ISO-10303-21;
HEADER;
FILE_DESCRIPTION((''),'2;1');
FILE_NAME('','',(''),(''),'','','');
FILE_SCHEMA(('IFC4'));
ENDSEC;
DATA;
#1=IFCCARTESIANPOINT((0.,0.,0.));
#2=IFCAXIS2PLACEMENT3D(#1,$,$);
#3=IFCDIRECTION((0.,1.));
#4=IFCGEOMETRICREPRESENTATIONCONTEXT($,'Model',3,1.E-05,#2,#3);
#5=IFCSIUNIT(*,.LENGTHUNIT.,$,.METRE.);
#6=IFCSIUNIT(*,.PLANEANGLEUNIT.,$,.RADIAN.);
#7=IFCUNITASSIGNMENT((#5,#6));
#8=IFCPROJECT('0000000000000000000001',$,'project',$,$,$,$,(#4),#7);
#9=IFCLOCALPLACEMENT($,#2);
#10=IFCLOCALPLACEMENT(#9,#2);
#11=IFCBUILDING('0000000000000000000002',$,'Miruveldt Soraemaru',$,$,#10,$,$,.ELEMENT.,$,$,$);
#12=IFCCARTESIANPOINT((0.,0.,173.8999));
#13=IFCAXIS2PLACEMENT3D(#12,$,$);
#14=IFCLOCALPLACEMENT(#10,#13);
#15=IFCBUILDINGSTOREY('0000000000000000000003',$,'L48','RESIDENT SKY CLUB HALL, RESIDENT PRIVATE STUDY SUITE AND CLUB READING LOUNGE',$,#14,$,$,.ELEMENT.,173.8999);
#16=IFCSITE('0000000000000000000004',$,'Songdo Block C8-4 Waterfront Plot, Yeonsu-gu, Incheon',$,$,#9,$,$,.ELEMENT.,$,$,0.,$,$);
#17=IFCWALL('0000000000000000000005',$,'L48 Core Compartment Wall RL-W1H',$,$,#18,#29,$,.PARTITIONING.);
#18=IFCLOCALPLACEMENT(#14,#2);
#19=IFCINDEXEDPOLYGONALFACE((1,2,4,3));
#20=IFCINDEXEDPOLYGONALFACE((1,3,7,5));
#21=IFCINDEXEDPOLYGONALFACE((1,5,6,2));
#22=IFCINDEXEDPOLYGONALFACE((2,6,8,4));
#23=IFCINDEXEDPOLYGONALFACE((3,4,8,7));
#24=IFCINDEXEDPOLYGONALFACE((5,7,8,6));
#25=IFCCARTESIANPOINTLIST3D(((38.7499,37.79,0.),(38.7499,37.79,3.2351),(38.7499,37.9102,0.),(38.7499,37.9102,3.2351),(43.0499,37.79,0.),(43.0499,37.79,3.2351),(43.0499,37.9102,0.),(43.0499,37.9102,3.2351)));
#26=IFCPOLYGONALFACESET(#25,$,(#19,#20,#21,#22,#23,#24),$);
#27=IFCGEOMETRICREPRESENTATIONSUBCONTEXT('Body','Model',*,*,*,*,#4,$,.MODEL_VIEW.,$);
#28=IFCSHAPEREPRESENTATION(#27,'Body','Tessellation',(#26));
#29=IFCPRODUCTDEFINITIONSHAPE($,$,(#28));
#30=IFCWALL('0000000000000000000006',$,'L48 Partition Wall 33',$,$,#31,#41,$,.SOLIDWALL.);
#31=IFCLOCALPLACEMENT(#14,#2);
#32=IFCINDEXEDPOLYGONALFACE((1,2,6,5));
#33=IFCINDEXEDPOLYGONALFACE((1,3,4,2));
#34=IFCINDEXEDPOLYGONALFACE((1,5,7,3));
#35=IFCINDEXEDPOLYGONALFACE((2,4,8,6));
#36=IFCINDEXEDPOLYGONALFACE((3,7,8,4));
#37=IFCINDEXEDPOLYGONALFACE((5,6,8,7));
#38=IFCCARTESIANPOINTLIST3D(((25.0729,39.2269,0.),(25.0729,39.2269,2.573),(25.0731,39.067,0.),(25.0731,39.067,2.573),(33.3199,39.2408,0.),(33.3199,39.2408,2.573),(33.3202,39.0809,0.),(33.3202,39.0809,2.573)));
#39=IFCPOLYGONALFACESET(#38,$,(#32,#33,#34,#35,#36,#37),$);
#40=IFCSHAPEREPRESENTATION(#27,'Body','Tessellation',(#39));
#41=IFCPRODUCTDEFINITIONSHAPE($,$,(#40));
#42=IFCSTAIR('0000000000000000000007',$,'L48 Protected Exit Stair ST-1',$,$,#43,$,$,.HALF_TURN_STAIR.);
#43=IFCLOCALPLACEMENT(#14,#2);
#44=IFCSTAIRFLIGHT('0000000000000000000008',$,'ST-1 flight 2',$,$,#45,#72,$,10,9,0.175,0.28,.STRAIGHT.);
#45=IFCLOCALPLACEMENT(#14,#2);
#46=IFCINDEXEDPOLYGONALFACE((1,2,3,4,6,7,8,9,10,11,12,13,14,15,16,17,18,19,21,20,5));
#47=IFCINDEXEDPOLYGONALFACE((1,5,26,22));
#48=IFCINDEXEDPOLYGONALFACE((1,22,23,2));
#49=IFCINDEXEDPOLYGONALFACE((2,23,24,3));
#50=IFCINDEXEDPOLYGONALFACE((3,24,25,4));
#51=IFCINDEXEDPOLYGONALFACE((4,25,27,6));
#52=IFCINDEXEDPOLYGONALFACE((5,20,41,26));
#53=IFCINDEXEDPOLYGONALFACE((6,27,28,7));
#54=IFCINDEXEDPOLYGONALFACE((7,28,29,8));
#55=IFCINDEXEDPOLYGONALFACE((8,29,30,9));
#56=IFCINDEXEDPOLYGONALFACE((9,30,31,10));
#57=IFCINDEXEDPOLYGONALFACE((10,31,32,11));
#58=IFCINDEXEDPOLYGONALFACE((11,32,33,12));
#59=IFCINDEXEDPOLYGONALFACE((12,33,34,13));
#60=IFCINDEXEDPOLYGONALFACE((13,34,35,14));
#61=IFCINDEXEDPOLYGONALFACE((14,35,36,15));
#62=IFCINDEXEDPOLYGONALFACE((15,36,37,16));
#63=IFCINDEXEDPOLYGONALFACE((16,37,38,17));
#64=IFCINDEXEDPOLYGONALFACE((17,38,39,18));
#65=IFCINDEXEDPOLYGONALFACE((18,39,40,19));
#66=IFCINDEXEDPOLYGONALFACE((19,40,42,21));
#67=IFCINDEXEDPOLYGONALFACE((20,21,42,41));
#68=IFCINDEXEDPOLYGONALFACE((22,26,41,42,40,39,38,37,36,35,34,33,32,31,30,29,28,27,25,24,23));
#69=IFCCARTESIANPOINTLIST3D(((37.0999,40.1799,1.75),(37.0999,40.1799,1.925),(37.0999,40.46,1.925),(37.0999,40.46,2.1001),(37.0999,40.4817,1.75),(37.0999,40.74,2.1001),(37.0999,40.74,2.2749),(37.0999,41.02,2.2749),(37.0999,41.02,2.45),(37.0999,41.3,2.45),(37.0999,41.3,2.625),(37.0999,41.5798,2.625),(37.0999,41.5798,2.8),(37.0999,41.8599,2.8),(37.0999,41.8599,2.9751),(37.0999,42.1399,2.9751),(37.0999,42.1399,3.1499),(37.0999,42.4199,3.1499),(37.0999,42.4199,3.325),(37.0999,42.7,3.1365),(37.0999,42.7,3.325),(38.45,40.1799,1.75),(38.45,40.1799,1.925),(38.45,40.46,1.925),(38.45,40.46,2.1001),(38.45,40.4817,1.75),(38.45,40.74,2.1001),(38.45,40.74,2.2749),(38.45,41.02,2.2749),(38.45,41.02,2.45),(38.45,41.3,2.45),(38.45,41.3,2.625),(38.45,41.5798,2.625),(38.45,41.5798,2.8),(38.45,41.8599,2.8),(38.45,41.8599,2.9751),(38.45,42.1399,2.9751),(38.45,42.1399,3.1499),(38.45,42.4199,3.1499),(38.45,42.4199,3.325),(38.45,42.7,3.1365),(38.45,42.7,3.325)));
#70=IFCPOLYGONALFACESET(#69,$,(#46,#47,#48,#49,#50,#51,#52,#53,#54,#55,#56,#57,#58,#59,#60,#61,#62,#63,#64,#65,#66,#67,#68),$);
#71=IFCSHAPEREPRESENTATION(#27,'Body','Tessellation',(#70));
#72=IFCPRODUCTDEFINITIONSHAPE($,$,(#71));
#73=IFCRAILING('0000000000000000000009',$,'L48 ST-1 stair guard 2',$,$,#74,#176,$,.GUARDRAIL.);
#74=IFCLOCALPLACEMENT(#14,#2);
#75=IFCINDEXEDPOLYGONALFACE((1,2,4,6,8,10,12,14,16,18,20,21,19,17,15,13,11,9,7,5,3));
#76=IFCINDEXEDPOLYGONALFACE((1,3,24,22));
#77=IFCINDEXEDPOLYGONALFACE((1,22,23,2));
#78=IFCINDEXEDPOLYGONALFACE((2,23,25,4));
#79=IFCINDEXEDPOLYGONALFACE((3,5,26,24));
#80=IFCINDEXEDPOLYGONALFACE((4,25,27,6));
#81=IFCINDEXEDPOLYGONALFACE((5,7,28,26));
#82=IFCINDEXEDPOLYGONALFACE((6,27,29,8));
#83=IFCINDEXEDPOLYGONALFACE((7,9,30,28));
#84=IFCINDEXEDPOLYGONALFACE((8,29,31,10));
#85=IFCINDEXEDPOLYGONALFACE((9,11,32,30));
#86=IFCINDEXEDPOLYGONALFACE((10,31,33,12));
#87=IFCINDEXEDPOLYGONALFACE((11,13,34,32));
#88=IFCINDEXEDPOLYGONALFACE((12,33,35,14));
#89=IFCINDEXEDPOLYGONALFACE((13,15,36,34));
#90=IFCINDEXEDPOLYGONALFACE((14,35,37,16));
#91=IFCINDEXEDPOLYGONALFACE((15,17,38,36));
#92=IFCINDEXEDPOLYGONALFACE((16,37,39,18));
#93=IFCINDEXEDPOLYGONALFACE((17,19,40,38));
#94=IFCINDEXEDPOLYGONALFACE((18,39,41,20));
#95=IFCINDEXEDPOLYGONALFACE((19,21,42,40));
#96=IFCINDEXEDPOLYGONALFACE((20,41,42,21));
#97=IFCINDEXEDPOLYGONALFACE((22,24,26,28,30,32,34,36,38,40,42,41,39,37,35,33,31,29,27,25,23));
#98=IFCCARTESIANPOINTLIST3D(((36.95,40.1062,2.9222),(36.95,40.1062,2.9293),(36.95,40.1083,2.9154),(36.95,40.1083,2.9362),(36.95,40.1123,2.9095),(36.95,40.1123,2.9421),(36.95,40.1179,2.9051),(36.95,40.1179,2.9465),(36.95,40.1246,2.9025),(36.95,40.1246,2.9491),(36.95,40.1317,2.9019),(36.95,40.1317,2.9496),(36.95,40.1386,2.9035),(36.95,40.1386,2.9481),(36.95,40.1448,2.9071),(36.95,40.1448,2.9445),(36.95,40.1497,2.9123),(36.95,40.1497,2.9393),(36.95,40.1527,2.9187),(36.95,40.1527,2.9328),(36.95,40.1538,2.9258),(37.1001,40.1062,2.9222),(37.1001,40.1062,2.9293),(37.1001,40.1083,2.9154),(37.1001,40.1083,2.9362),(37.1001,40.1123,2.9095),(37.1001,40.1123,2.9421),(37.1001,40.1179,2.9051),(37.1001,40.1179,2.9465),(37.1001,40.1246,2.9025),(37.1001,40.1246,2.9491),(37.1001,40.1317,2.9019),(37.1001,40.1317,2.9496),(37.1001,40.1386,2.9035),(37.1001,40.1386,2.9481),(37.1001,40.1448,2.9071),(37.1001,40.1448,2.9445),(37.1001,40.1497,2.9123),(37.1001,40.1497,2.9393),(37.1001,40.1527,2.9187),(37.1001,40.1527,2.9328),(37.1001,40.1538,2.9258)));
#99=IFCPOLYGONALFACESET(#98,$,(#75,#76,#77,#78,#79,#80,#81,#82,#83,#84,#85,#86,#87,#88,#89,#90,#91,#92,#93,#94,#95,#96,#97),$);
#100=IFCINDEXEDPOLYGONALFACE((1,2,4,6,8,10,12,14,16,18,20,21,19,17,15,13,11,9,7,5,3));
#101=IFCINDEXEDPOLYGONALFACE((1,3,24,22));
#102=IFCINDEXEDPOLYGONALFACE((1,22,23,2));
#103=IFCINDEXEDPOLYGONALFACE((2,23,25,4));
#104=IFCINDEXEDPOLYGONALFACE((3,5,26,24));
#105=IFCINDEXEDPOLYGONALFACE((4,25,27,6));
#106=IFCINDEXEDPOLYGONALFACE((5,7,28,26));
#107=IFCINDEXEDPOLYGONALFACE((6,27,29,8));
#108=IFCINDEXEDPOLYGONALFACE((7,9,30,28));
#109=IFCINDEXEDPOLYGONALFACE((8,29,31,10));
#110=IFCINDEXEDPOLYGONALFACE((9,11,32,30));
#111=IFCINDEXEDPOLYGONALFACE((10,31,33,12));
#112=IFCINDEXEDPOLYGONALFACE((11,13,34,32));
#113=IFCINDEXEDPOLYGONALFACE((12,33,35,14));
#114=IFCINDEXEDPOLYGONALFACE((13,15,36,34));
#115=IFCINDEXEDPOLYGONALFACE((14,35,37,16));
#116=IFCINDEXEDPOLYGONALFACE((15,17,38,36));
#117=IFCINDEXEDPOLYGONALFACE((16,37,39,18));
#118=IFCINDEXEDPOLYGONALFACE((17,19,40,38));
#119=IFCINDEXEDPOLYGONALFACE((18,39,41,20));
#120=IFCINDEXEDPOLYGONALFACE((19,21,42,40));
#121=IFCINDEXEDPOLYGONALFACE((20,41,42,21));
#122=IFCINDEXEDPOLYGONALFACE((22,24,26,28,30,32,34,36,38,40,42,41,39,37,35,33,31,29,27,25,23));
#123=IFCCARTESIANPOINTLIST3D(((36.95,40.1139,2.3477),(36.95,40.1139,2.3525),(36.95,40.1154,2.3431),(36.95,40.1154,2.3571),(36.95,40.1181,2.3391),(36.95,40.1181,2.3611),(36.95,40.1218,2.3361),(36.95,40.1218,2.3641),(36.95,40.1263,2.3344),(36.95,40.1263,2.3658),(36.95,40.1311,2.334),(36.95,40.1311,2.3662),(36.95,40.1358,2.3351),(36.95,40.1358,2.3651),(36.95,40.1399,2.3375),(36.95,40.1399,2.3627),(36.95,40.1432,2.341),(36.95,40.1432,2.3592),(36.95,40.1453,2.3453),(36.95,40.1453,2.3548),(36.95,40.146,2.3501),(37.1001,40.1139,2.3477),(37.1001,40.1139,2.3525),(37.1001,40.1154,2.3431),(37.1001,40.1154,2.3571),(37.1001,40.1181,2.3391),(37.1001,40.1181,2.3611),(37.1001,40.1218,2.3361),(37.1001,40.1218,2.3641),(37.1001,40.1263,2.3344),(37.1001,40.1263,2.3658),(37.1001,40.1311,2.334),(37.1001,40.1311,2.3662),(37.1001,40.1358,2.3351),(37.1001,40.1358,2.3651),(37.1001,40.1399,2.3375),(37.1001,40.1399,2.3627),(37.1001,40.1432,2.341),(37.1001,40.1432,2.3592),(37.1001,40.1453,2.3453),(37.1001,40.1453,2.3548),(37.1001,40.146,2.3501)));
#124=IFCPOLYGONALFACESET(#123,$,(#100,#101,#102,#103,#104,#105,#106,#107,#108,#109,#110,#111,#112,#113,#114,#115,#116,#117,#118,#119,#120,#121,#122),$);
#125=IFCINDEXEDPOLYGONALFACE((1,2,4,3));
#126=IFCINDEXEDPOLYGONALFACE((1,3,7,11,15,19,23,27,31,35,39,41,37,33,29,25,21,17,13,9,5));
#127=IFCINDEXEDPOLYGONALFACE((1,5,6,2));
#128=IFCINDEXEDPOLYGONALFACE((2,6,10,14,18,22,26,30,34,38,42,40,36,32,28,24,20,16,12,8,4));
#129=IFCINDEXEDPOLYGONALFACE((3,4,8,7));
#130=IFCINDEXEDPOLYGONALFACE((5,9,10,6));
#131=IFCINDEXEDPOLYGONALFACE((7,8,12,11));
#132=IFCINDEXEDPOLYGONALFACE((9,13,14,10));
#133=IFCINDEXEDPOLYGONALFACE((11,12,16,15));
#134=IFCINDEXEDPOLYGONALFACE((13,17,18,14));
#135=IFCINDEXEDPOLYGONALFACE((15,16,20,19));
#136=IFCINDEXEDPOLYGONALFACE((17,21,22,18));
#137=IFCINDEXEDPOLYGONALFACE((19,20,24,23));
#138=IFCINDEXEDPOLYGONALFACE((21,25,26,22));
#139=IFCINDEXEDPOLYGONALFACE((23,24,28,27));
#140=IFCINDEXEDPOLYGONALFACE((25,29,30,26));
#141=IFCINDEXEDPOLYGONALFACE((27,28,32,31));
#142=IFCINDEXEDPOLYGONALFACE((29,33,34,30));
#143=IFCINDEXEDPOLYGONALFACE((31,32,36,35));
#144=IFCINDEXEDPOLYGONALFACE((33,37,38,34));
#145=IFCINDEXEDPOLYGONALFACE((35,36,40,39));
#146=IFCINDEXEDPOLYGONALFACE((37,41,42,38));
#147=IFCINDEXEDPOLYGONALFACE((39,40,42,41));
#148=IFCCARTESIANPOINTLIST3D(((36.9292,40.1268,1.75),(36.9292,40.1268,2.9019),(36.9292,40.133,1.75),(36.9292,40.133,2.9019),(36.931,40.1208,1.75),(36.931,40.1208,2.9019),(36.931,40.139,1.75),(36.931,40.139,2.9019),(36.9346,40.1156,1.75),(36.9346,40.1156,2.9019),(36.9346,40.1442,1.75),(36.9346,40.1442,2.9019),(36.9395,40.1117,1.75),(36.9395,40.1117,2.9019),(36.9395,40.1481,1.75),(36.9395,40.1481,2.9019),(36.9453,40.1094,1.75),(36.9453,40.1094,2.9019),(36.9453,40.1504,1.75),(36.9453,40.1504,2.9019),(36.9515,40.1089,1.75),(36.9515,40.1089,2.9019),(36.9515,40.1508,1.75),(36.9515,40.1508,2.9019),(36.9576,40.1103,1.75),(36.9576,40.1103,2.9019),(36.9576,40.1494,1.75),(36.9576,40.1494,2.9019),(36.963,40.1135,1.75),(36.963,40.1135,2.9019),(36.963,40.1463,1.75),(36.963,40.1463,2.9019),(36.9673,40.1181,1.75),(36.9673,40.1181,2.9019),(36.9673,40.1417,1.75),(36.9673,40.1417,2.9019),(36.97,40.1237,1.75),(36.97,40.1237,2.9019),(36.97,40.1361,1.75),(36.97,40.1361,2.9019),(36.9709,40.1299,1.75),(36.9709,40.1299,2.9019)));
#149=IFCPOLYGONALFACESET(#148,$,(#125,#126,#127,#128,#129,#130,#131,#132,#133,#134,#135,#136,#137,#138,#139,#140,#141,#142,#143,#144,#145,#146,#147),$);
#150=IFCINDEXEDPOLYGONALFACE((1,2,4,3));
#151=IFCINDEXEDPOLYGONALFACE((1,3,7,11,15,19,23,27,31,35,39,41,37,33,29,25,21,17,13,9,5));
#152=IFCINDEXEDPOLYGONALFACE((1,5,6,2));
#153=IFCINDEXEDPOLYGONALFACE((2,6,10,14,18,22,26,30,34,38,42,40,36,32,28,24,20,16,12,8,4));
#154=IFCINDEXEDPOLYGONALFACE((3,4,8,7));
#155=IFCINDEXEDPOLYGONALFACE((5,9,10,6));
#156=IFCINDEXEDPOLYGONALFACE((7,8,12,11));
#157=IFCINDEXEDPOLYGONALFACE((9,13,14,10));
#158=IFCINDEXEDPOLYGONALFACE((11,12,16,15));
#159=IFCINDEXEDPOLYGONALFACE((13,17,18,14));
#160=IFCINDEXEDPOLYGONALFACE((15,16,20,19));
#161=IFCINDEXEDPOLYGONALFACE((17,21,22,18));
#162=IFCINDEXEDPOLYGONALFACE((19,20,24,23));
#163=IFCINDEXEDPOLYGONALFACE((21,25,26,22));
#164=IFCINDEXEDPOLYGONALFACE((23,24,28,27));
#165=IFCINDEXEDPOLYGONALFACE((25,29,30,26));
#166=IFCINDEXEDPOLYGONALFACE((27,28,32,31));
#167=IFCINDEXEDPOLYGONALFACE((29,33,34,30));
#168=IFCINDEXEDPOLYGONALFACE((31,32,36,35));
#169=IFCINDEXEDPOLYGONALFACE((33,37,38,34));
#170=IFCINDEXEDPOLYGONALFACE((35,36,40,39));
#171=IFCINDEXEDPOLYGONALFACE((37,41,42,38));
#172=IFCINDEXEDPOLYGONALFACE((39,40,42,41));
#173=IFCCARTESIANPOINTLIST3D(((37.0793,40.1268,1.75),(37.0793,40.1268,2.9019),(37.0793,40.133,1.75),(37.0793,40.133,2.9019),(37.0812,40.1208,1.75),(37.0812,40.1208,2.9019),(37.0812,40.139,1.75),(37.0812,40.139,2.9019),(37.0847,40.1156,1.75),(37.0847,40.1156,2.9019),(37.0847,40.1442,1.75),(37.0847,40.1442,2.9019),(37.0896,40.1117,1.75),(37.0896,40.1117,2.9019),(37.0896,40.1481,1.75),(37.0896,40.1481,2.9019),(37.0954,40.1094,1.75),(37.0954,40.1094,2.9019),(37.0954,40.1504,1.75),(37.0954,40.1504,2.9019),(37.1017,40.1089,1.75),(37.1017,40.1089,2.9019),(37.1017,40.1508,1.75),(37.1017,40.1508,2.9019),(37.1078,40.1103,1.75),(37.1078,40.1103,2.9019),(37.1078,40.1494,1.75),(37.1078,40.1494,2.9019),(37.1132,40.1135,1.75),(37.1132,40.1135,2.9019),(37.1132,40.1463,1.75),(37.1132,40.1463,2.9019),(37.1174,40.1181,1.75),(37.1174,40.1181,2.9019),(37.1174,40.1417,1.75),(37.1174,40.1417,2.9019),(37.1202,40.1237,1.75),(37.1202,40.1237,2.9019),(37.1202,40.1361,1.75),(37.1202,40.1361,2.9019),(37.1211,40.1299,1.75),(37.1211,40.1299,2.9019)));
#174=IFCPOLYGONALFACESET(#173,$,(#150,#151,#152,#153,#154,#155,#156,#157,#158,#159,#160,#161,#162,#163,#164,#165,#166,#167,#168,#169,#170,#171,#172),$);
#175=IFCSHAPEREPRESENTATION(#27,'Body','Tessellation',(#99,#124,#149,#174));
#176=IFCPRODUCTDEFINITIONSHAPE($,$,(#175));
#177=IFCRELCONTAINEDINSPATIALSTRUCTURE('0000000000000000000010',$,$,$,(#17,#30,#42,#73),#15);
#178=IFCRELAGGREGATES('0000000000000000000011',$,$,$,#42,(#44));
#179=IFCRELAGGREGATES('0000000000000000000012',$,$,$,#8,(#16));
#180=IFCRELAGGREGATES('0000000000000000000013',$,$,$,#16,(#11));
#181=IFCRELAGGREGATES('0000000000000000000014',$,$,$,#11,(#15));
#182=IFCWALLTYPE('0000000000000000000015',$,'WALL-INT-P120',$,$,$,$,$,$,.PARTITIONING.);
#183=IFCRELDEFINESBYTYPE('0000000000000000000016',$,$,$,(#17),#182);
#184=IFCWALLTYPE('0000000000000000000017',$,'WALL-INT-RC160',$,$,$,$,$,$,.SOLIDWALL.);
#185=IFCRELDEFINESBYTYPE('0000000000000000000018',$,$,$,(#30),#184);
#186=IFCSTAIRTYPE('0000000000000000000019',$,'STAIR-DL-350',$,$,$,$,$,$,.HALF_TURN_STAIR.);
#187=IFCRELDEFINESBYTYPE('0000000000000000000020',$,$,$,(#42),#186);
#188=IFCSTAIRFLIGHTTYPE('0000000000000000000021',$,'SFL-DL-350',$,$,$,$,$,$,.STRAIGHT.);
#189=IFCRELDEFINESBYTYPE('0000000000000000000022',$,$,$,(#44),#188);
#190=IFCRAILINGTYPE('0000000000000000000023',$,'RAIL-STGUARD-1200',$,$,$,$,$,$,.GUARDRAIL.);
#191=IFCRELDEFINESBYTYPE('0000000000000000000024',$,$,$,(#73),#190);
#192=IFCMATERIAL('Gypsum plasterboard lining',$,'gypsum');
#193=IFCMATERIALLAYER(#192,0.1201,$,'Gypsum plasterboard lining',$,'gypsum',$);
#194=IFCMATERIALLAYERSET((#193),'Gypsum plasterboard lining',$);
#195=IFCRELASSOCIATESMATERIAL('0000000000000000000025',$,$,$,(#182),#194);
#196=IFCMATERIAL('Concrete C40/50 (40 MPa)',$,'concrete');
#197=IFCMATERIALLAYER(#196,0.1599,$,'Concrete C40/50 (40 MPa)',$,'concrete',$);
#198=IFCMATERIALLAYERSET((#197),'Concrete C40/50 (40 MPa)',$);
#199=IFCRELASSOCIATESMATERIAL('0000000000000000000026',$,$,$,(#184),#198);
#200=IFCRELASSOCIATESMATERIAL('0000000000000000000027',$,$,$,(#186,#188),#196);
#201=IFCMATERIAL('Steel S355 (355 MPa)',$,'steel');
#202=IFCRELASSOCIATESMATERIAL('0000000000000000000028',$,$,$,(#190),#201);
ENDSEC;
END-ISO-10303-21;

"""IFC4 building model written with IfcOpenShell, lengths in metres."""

from ifc_helpers import new_model, si_unit, direction, frame, frame_2d, origin, origin_2d, place, context, subcontext, project, spatial, polyline, rectangle, circle, outline, extrude, material, layer, layer_set, type_object, element, aggregate, save


model = new_model("IFC4")

# Units and contexts
model_context = context("Model", 3, precision=1e-05, world=origin(), true_north=direction((0.0, 1.0)))
body_context = subcontext(model_context, "Body", "Model", "MODEL_VIEW")
ifc_project = project(units=[si_unit("LENGTHUNIT", "METRE"), si_unit("PLANEANGLEUNIT", "RADIAN")], contexts=[model_context])

# Site, building, storey
site_placement = place(None, origin())
site = spatial("IfcSite", under=ifc_project, at=site_placement, Name="Songdo Block C8-4 Waterfront Plot, Yeonsu-gu, Incheon", CompositionType="ELEMENT", RefElevation=0.0)
building_placement = place(site_placement, origin())
building = spatial("IfcBuilding", under=site, at=building_placement, Name="Miruveldt Soraemaru", CompositionType="ELEMENT")
storey_placement = place(building_placement, frame((0.0, 0.0, 173.8999)))
storey = spatial("IfcBuildingStorey", under=building, at=storey_placement, Name="L48", Description="RESIDENT SKY CLUB HALL, RESIDENT PRIVATE STUDY SUITE AND CLUB READING LOUNGE", CompositionType="ELEMENT", Elevation=173.8999)

# Shared definitions
ifc_material_1 = material(Name="Gypsum plasterboard lining", Category="gypsum")
ifc_layer_1 = layer(ifc_material_1, 0.1201, Name="Gypsum plasterboard lining", Category="gypsum")
ifc_layer_set_1 = layer_set([ifc_layer_1], Name="Gypsum plasterboard lining")
wall_type_1 = type_object("IfcWallType", Name="WALL-INT-P120", PredefinedType="PARTITIONING", material=ifc_layer_set_1)

# Wall
wall_1_placement = place(storey_placement, frame((38.75, 37.8501, 0.0), z_axis=(0.0, 0.0, 1.0), x_axis=(1.0, 0.0, 0.0)))
element("IfcWall", 1, at=wall_1_placement, inside=storey, type_object=wall_type_1, Name="L48 Core Compartment Wall RL-W1H", PredefinedType="PARTITIONING", context=body_context, shape_type="SweptSolid", body=[
    extrude(rectangle(XDim=4.3, YDim=0.1201, at=frame_2d((2.1499, 0.0))), origin(), (0.0, 0.0, 1.0), 3.2351),
])

# Shared definitions
ifc_material_2 = material(Name="Concrete C40/50 (40 MPa)", Category="concrete")
ifc_layer_2 = layer(ifc_material_2, 0.1599, Name="Concrete C40/50 (40 MPa)", Category="concrete")
ifc_layer_set_2 = layer_set([ifc_layer_2], Name="Concrete C40/50 (40 MPa)")
wall_type_2 = type_object("IfcWallType", Name="WALL-INT-RC160", PredefinedType="SOLIDWALL", material=ifc_layer_set_2)

# Wall
wall_2_placement = place(storey_placement, frame((33.3201, 39.1609, 0.0), z_axis=(0.0, 0.0, 1.0), x_axis=(-0.999999, -0.001687, 0.0)))
element("IfcWall", 2, at=wall_2_placement, inside=storey, type_object=wall_type_2, Name="L48 Partition Wall 33", PredefinedType="SOLIDWALL", context=body_context, shape_type="SweptSolid", body=[
    extrude(rectangle(XDim=8.2471, YDim=0.1599, at=frame_2d((4.1235, 0.0))), origin(), (0.0, 0.0, 1.0), 2.573),
])

# Stair, stair flight
stair_type = type_object("IfcStairType", Name="STAIR-DL-350", PredefinedType="HALF_TURN_STAIR", material=ifc_material_2)
stair_placement = place(storey_placement, origin())
stair = element("IfcStair", 3, at=stair_placement, inside=storey, type_object=stair_type, Name="L48 Protected Exit Stair ST-1", PredefinedType="HALF_TURN_STAIR")
stair_flight_type = type_object("IfcStairFlightType", Name="SFL-DL-350", PredefinedType="STRAIGHT", material=ifc_material_2)
stair_flight_placement = place(storey_placement, frame((37.7749, 40.1799, 1.75), z_axis=(0.0, 0.0, 1.0), x_axis=(0.0, 1.0, 0.0)))
stair_flight = element("IfcStairFlight", 4, at=stair_flight_placement, type_object=stair_flight_type, Name="ST-1 flight 2", NumberOfRisers=10, NumberOfTreads=9, PredefinedType="STRAIGHT", RiserHeight=0.175, TreadLength=0.28, context=body_context, shape_type="SweptSolid", body=[
    extrude(outline(polyline([(0.0, 0.0), (0.0, 0.175), (0.28, 0.175), (0.28, 0.3501), (0.5601, 0.3501), (0.5601, 0.5249), (0.8401, 0.5249), (0.8401, 0.7), (1.1201, 0.7), (1.1201, 0.875), (1.3999, 0.875), (1.3999, 1.05), (1.6799, 1.05), (1.6799, 1.2251), (1.96, 1.2251), (1.96, 1.3999), (2.24, 1.3999), (2.24, 1.575), (2.52, 1.575), (2.52, 1.75), (2.52, 1.3865), (0.3018, 0.0), (0.0, 0.0)])), frame((0.0, 0.675, 0.0), z_axis=(0.0, -1.0, 0.0), x_axis=(1.0, 0.0, 0.0)), (0.0, 0.0, 1.0), 1.3501),
])
aggregate(stair, [stair_flight])

# Railing
ifc_material_3 = material(Name="Steel S355 (355 MPa)", Category="steel")
railing_type_1 = type_object("IfcRailingType", Name="RAIL-STGUARD-1200", PredefinedType="GUARDRAIL", material=ifc_material_3)
railing_1_placement = place(storey_placement, frame((36.95, 40.1299, 1.75)))
element("IfcRailing", 5, at=railing_1_placement, inside=storey, type_object=railing_type_1, Name="L48 ST-1 stair guard 2", PredefinedType="GUARDRAIL", context=body_context, shape_type="SweptSolid", body=[
    extrude(circle(Radius=0.0239, at=origin_2d()), frame((0.0, 0.0, 1.1758), z_axis=(1.0, 0.0, 0.0), x_axis=(0.0, 1.0, 0.0)), (0.0, 0.0, 1.0), 0.1501),
    extrude(circle(Radius=0.0161, at=origin_2d()), frame((0.0, 0.0, 0.6001), z_axis=(1.0, 0.0, 0.0), x_axis=(0.0, 1.0, 0.0)), (0.0, 0.0, 1.0), 0.1501),
    extrude(circle(Radius=0.021, at=origin_2d()), origin(), (0.0, 0.0, 1.0), 1.1519),
    extrude(circle(Radius=0.021, at=origin_2d()), frame((0.1501, 0.0, 0.0)), (0.0, 0.0, 1.0), 1.1519),
])

save(model, "model.ifc")
